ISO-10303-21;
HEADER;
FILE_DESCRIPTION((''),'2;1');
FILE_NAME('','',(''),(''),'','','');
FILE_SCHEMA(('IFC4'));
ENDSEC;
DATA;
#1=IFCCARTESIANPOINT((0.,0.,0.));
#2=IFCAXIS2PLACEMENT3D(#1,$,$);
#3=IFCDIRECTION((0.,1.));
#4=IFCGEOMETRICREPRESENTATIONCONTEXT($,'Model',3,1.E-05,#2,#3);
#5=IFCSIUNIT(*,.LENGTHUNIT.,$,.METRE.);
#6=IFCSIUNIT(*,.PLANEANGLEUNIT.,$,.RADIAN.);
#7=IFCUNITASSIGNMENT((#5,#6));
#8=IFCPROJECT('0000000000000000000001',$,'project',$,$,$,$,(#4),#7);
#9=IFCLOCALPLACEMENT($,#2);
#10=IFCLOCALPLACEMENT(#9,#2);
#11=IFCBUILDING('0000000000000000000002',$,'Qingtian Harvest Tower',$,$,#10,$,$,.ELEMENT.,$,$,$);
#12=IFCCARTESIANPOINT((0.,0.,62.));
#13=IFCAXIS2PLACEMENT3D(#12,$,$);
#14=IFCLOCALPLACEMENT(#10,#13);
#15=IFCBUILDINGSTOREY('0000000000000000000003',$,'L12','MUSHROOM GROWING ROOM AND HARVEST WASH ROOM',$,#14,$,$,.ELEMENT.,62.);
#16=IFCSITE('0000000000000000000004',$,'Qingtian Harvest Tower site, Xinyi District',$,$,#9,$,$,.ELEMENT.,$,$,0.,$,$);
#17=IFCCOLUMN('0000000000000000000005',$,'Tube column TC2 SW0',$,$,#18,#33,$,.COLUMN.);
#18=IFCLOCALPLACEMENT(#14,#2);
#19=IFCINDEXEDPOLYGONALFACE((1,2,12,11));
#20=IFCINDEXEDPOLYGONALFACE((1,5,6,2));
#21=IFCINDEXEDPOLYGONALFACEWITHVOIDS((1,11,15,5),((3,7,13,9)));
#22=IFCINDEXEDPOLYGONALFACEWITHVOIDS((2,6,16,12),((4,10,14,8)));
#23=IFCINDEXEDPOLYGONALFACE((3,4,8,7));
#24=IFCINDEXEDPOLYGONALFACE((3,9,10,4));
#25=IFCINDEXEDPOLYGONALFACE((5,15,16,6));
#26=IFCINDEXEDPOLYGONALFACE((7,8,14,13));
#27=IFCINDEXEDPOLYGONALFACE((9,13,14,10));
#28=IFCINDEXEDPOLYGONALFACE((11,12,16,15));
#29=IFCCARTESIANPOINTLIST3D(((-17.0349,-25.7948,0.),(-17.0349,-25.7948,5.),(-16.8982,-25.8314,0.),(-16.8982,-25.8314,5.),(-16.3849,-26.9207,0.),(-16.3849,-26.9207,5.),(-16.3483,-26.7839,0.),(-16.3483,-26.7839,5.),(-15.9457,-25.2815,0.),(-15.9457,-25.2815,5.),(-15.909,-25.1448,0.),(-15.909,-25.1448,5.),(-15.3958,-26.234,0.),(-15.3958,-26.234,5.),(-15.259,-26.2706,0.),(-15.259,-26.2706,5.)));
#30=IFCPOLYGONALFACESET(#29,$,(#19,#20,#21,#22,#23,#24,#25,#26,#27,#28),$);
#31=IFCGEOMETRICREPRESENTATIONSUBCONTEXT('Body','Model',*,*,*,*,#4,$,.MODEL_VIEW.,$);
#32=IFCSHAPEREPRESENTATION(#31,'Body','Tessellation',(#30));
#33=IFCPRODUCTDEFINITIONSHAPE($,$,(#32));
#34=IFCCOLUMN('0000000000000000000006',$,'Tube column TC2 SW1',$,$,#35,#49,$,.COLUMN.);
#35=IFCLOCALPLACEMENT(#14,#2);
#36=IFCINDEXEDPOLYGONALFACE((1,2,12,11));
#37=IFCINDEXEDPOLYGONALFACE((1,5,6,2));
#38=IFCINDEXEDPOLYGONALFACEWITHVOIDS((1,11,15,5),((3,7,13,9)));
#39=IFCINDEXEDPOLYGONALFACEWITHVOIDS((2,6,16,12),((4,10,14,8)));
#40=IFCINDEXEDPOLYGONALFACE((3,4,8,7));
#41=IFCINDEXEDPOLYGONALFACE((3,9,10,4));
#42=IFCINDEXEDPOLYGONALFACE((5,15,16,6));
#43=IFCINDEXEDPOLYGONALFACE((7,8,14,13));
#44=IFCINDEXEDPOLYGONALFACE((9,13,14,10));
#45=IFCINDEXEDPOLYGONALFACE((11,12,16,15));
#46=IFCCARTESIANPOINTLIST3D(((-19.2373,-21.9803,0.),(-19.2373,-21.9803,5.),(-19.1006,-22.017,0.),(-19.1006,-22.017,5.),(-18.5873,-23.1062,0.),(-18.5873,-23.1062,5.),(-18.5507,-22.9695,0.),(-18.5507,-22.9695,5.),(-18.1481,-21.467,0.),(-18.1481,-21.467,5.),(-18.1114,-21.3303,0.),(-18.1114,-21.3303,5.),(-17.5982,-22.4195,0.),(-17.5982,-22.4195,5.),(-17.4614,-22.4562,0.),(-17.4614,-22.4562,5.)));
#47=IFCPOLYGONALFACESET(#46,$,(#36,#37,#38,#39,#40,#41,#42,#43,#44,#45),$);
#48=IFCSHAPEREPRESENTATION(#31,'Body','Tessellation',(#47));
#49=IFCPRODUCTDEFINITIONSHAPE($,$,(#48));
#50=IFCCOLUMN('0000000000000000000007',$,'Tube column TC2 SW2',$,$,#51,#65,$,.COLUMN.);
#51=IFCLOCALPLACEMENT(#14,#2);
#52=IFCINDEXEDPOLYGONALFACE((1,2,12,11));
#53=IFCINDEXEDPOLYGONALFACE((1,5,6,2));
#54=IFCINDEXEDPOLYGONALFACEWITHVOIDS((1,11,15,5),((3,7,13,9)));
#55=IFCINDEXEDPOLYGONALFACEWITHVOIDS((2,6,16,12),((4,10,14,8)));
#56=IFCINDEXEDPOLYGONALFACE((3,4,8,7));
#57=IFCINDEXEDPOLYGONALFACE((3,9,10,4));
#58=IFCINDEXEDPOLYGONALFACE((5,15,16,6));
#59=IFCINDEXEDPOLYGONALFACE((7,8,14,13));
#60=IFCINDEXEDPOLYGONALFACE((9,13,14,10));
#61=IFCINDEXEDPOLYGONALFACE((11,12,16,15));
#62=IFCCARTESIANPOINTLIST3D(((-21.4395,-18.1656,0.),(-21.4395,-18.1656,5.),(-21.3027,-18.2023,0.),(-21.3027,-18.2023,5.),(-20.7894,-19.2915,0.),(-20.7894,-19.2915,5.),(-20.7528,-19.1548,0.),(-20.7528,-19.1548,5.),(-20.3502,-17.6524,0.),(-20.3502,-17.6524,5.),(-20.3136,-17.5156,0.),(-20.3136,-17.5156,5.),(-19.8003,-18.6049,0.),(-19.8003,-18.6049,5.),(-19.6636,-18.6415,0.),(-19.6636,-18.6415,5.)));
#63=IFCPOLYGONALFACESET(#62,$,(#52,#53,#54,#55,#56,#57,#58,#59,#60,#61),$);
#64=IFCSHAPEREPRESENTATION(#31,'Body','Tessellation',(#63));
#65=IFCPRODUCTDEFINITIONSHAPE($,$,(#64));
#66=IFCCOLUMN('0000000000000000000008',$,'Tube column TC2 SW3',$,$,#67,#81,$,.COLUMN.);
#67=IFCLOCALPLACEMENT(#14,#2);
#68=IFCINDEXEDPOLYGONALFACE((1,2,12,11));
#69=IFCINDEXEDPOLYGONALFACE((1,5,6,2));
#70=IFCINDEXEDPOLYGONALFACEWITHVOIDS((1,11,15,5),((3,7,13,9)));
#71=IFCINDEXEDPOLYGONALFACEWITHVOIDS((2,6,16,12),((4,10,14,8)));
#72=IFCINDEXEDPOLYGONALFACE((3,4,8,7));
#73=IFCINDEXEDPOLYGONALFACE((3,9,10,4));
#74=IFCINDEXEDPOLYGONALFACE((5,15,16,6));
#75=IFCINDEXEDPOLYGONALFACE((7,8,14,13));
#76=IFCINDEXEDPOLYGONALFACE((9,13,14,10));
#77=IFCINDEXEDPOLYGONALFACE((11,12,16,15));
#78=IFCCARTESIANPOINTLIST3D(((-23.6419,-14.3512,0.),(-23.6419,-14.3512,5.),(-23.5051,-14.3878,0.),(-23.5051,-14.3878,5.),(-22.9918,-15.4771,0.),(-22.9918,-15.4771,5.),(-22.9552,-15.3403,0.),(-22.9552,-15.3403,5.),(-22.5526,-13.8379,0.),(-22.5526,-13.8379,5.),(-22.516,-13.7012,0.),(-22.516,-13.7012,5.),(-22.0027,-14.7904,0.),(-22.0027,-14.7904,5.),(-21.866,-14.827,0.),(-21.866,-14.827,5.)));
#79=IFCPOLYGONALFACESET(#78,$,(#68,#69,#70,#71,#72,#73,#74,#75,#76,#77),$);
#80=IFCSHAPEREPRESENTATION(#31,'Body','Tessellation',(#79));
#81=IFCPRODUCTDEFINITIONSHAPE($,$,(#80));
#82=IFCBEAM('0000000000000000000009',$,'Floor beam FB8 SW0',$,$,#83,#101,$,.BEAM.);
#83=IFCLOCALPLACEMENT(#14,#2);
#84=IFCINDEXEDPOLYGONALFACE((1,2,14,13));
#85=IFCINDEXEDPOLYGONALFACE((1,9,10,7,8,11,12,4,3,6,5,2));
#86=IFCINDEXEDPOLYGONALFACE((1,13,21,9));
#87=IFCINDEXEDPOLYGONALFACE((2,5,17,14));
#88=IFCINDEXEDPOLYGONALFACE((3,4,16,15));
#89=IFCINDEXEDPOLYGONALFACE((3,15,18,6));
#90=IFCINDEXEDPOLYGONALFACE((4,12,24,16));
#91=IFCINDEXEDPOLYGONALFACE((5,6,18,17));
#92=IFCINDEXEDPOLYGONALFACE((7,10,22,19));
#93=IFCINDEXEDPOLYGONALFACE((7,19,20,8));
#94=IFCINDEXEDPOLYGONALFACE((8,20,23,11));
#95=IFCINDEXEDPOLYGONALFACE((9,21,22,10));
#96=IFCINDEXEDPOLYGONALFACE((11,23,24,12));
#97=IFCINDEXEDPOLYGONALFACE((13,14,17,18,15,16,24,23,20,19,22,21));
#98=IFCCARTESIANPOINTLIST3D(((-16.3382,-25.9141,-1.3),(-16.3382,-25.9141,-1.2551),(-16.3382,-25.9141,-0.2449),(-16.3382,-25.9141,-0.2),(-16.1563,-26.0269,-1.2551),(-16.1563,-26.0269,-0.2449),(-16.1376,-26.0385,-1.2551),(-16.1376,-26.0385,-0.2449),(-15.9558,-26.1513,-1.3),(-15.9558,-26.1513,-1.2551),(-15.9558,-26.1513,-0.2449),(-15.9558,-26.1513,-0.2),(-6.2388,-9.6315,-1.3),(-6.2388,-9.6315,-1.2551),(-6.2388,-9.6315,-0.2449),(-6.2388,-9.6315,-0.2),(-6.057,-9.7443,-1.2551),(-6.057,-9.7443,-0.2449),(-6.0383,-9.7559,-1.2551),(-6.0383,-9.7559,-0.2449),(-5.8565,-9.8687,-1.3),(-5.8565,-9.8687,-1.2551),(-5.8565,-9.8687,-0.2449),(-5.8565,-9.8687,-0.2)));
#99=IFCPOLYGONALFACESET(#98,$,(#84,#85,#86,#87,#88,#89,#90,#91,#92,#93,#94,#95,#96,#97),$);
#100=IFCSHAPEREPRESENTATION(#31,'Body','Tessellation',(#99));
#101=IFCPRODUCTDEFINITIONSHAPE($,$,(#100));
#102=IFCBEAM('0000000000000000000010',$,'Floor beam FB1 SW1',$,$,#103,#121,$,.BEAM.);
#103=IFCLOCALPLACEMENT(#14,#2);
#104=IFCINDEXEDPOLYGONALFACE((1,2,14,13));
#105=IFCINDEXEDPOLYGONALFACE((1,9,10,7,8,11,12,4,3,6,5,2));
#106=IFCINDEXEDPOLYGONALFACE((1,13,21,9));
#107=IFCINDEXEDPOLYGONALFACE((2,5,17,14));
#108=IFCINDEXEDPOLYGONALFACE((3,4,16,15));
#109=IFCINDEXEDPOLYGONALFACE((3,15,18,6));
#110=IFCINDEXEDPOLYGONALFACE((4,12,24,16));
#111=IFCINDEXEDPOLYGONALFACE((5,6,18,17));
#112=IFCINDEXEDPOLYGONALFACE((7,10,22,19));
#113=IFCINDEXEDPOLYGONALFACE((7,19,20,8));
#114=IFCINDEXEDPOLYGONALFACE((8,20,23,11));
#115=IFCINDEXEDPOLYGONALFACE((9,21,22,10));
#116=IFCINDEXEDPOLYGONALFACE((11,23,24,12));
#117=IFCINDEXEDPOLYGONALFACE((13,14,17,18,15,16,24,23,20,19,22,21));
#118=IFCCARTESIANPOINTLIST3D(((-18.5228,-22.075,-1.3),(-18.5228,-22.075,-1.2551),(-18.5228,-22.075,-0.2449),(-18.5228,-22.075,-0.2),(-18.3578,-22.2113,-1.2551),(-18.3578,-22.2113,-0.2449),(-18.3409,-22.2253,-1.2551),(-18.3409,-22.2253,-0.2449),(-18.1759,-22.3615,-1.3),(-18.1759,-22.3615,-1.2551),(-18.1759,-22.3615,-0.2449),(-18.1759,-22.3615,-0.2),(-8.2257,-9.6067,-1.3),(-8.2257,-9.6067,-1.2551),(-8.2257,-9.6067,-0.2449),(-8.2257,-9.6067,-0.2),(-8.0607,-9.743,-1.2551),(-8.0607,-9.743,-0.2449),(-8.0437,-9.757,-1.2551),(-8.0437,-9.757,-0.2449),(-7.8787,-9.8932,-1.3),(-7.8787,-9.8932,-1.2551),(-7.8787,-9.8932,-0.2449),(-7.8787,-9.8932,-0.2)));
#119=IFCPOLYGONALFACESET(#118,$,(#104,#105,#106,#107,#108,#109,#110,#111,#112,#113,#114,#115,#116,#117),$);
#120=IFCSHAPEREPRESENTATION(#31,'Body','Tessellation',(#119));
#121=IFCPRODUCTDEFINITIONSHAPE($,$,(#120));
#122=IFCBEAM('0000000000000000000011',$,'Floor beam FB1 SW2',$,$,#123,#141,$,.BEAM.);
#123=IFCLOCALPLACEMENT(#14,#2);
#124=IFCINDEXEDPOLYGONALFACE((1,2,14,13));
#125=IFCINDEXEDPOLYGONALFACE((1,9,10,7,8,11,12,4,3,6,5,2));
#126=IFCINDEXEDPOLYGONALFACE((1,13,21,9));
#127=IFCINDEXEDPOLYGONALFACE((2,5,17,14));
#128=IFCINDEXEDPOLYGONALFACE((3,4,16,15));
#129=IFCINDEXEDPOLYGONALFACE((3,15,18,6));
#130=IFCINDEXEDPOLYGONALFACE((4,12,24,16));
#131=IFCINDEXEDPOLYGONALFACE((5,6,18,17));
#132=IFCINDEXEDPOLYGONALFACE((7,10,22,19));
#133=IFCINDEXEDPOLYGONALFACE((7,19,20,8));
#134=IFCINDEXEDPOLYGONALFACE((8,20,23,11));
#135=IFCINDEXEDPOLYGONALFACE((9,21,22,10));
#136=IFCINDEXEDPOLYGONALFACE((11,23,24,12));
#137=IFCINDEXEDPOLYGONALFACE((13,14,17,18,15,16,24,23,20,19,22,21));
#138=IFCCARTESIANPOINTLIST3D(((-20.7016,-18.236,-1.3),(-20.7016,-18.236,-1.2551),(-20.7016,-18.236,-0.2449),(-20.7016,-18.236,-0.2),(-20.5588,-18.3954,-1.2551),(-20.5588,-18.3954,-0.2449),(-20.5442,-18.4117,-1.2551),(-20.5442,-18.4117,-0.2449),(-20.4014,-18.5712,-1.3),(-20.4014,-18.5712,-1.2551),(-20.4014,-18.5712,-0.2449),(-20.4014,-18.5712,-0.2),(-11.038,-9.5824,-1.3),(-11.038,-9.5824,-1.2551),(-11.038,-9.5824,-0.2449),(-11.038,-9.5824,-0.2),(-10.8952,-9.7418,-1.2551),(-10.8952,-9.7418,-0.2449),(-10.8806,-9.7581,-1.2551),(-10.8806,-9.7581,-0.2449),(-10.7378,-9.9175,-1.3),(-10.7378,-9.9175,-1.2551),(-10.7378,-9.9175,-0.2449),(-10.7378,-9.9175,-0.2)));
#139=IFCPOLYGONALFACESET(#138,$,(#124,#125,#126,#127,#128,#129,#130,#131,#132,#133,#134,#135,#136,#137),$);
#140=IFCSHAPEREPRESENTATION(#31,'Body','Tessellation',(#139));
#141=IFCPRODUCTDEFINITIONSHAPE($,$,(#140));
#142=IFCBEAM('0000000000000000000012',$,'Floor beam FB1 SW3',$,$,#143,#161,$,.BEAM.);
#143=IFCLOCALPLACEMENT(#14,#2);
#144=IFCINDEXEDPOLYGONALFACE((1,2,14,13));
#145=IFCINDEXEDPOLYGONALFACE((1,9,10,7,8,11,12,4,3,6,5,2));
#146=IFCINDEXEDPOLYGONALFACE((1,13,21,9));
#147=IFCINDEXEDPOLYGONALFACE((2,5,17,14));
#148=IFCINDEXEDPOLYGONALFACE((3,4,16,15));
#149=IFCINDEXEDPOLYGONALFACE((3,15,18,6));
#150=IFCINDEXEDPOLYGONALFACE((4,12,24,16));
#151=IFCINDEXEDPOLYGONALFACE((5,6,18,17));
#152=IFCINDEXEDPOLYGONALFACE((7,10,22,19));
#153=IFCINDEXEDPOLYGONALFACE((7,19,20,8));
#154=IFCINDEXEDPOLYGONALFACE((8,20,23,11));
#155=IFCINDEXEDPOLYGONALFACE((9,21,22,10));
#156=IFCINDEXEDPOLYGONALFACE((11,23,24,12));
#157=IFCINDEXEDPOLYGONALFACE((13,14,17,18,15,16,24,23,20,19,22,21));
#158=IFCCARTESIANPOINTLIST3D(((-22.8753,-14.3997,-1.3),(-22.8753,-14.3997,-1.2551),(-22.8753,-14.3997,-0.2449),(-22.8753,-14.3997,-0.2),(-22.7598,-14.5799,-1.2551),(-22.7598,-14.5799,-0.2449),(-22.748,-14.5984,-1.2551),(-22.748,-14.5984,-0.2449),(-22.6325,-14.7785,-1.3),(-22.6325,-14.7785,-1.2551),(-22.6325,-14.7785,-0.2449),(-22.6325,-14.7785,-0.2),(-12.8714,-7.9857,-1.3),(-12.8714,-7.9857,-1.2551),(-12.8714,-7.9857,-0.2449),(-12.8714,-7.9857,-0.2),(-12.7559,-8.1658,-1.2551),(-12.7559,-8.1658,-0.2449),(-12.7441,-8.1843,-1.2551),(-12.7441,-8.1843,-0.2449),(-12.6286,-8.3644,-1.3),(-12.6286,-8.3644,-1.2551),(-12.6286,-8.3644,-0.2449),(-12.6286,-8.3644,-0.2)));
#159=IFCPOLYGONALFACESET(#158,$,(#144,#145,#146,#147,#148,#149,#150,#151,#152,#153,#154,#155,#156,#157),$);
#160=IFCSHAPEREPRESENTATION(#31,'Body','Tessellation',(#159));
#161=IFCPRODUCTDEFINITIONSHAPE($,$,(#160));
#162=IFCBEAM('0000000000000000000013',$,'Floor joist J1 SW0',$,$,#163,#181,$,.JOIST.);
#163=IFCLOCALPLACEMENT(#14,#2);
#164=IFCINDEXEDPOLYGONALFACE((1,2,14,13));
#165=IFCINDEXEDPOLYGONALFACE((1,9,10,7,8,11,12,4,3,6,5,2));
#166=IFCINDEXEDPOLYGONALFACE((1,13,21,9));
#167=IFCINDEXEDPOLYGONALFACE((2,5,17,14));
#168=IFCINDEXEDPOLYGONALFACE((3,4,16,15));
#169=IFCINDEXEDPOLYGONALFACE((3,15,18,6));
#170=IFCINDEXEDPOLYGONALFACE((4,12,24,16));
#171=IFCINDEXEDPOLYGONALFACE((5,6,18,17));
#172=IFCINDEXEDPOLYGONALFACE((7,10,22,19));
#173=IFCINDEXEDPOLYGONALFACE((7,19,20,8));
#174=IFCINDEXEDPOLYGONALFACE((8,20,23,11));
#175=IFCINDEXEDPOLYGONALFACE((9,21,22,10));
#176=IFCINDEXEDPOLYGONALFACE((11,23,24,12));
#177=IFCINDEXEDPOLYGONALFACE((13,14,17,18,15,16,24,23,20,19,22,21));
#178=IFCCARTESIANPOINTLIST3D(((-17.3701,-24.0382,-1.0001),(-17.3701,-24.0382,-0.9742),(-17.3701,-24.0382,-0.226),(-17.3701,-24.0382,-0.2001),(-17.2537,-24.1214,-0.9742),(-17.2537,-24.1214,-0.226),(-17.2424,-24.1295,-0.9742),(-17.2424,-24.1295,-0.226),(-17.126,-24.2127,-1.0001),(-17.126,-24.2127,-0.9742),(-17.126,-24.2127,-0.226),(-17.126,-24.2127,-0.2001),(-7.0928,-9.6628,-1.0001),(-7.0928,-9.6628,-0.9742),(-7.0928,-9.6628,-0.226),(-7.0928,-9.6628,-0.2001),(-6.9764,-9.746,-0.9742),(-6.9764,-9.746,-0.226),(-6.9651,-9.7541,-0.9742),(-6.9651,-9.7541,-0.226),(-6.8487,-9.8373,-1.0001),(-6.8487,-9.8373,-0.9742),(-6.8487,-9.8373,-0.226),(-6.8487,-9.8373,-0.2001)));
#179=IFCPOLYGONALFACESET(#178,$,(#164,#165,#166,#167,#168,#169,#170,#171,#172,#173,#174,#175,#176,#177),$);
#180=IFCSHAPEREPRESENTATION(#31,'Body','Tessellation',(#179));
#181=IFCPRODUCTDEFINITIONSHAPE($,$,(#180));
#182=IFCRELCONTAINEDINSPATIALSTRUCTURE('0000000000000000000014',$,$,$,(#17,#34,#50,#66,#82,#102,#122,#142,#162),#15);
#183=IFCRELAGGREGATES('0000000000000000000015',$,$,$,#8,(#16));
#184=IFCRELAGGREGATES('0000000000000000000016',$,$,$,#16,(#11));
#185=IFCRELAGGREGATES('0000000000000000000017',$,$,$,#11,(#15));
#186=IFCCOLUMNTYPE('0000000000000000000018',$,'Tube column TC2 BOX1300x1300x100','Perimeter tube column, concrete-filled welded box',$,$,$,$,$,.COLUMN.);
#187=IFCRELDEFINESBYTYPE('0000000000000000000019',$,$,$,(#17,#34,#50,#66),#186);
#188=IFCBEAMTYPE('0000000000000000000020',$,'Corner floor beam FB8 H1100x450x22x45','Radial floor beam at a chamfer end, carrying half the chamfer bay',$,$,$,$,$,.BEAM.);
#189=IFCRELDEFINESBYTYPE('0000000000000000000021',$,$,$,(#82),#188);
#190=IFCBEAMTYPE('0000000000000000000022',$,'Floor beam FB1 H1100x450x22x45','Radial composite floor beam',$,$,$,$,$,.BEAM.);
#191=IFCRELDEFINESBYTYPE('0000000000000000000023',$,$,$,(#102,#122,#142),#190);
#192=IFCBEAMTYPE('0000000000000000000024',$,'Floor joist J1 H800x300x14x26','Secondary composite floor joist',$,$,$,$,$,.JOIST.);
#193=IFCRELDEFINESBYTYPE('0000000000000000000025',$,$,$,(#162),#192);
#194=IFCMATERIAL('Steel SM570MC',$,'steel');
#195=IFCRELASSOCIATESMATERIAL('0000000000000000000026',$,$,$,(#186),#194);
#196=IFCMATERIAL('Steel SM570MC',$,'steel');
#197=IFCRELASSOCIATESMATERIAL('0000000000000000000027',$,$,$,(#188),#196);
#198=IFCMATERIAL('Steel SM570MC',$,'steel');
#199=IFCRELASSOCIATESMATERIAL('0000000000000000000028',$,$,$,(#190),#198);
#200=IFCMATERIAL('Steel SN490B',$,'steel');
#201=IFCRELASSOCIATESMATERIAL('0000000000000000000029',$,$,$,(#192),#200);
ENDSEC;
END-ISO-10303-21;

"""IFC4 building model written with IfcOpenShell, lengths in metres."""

from ifc_helpers import new_model, si_unit, direction, frame, origin, origin_2d, place, context, subcontext, project, spatial, hollow_rectangle, i_section, extrude, material, material_profile, profile_set, type_object, element, save


model = new_model("IFC4")

# Units and contexts
model_context = context("Model", 3, precision=1e-05, world=origin(), true_north=direction((0.0, 1.0)))
body_context = subcontext(model_context, "Body", "Model", "MODEL_VIEW")
ifc_project = project(units=[si_unit("LENGTHUNIT", "METRE"), si_unit("PLANEANGLEUNIT", "RADIAN")], contexts=[model_context])

# Site, building, storey
site_placement = place(None, origin())
site = spatial("IfcSite", under=ifc_project, at=site_placement, Name="Qingtian Harvest Tower site, Xinyi District", CompositionType="ELEMENT", RefElevation=0.0)
building_placement = place(site_placement, origin())
building = spatial("IfcBuilding", under=site, at=building_placement, Name="Qingtian Harvest Tower", CompositionType="ELEMENT")
storey_placement = place(building_placement, frame((0.0, 0.0, 62.0)))
storey = spatial("IfcBuildingStorey", under=building, at=storey_placement, Name="L12", Description="MUSHROOM GROWING ROOM AND HARVEST WASH ROOM", CompositionType="ELEMENT", Elevation=62.0)

# Columns
ifc_material_1 = material(Name="Steel SM570MC", Category="steel")
ifc_material_profile_1 = material_profile(ifc_material_1, hollow_rectangle(XDim=1.3, YDim=1.3, WallThickness=0.1001, at=origin_2d()), Name="BOX1300x1300x100")
ifc_profile_set_1 = profile_set([ifc_material_profile_1], Name="Steel SM570MC")
column_type = type_object("IfcColumnType", Name="Tube column TC2 BOX1300x1300x100", Description="Perimeter tube column, concrete-filled welded box", PredefinedType="COLUMN", material=ifc_profile_set_1)
for number, where, z_axis, x_axis, name in (
    (1, (-16.147, -26.0327, 0.0), (0.0, 0.0, 1.0), (0.5, -0.866025, 0.0), "Tube column TC2 SW0"),
    (2, (-18.3494, -22.2183, 0.0), (0.0, 0.0, 1.0), (0.5, -0.866025, 0.0), "Tube column TC2 SW1"),
    (3, (-20.5515, -18.4036, 0.0), (0.0, 0.0, 1.0), (0.5, -0.866025, 0.0), "Tube column TC2 SW2"),
    (4, (-22.7539, -14.5891, 0.0), (0.0, 0.0, 1.0), (0.5, -0.866025, 0.0), "Tube column TC2 SW3"),
):
    element("IfcColumn", number, at=place(storey_placement, frame(where, z_axis=z_axis, x_axis=x_axis)), inside=storey, type_object=column_type, Name=name, PredefinedType="COLUMN", context=body_context, shape_type="SweptSolid", body=[
        extrude(hollow_rectangle(XDim=1.3, YDim=1.3, WallThickness=0.1001, at=origin_2d()), origin(), (0.0, 0.0, 1.0), 5.0),
    ])

# Beams
ifc_material_2 = material(Name="Steel SM570MC", Category="steel")
ifc_material_profile_2 = material_profile(ifc_material_2, i_section(OverallWidth=0.45, OverallDepth=1.1001, WebThickness=0.022, FlangeThickness=0.0449, at=origin_2d()), Name="H1100x450x22x45")
ifc_profile_set_2 = profile_set([ifc_material_profile_2], Name="Steel SM570MC")
beam_type_1 = type_object("IfcBeamType", Name="Corner floor beam FB8 H1100x450x22x45", Description="Radial floor beam at a chamfer end, carrying half the chamfer bay", PredefinedType="BEAM", material=ifc_profile_set_2)
beam_1_placement = place(storey_placement, frame((-16.147, -26.0327, -0.75), z_axis=(0.527094, 0.849807, 0.0), x_axis=(-0.849807, 0.527094, 0.0)))
element("IfcBeam", 5, at=beam_1_placement, inside=storey, type_object=beam_type_1, Name="Floor beam FB8 SW0", PredefinedType="BEAM", context=body_context, shape_type="SweptSolid", body=[
    extrude(i_section(OverallWidth=0.45, OverallDepth=1.1001, WebThickness=0.022, FlangeThickness=0.0449, at=origin_2d()), origin(), (0.0, 0.0, 1.0), 19.1604),
])
ifc_material_3 = material(Name="Steel SM570MC", Category="steel")
ifc_material_profile_3 = material_profile(ifc_material_3, i_section(OverallWidth=0.45, OverallDepth=1.1001, WebThickness=0.022, FlangeThickness=0.0449, at=origin_2d()), Name="H1100x450x22x45")
ifc_profile_set_3 = profile_set([ifc_material_profile_3], Name="Steel SM570MC")
beam_type_2 = type_object("IfcBeamType", Name="Floor beam FB1 H1100x450x22x45", Description="Radial composite floor beam", PredefinedType="BEAM", material=ifc_profile_set_3)
beam_2_placement = place(storey_placement, frame((-18.3494, -22.2183, -0.75), z_axis=(0.63678, 0.771045, 0.0), x_axis=(-0.771045, 0.63678, 0.0)))
element("IfcBeam", 6, at=beam_2_placement, inside=storey, type_object=beam_type_2, Name="Floor beam FB1 SW1", PredefinedType="BEAM", context=body_context, shape_type="SweptSolid", body=[
    extrude(i_section(OverallWidth=0.45, OverallDepth=1.1001, WebThickness=0.022, FlangeThickness=0.0449, at=origin_2d()), origin(), (0.0, 0.0, 1.0), 16.1707),
])
beam_3_placement = place(storey_placement, frame((-20.5515, -18.4036, -0.75), z_axis=(0.744965, 0.667103, 0.0), x_axis=(-0.667103, 0.744965, 0.0)))
element("IfcBeam", 7, at=beam_3_placement, inside=storey, type_object=beam_type_2, Name="Floor beam FB1 SW2", PredefinedType="BEAM", context=body_context, shape_type="SweptSolid", body=[
    extrude(i_section(OverallWidth=0.45, OverallDepth=1.1001, WebThickness=0.022, FlangeThickness=0.0449, at=origin_2d()), origin(), (0.0, 0.0, 1.0), 12.9719),
])
beam_4_placement = place(storey_placement, frame((-22.7539, -14.5891, -0.75), z_axis=(0.841829, 0.539744, 0.0), x_axis=(-0.539744, 0.841829, 0.0)))
element("IfcBeam", 8, at=beam_4_placement, inside=storey, type_object=beam_type_2, Name="Floor beam FB1 SW3", PredefinedType="BEAM", context=body_context, shape_type="SweptSolid", body=[
    extrude(i_section(OverallWidth=0.45, OverallDepth=1.1001, WebThickness=0.022, FlangeThickness=0.0449, at=origin_2d()), origin(), (0.0, 0.0, 1.0), 11.8835),
])
ifc_material_4 = material(Name="Steel SN490B", Category="steel")
ifc_material_profile_4 = material_profile(ifc_material_4, i_section(OverallWidth=0.3, OverallDepth=0.8, WebThickness=0.0139, FlangeThickness=0.0259, at=origin_2d()), Name="H800x300x14x26")
ifc_profile_set_4 = profile_set([ifc_material_profile_4], Name="Steel SN490B")
beam_type_3 = type_object("IfcBeamType", Name="Floor joist J1 H800x300x14x26", Description="Secondary composite floor joist", PredefinedType="JOIST", material=ifc_profile_set_4)
beam_5_placement = place(storey_placement, frame((-17.248, -24.1255, -0.6001), z_axis=(0.581581, 0.813489, 0.0), x_axis=(-0.813489, 0.581581, 0.0)))
element("IfcBeam", 9, at=beam_5_placement, inside=storey, type_object=beam_type_3, Name="Floor joist J1 SW0", PredefinedType="JOIST", context=body_context, shape_type="SweptSolid", body=[
    extrude(i_section(OverallWidth=0.3, OverallDepth=0.8, WebThickness=0.0139, FlangeThickness=0.0259, at=origin_2d()), origin(), (0.0, 0.0, 1.0), 17.6714),
])

save(model, "model.ifc")
